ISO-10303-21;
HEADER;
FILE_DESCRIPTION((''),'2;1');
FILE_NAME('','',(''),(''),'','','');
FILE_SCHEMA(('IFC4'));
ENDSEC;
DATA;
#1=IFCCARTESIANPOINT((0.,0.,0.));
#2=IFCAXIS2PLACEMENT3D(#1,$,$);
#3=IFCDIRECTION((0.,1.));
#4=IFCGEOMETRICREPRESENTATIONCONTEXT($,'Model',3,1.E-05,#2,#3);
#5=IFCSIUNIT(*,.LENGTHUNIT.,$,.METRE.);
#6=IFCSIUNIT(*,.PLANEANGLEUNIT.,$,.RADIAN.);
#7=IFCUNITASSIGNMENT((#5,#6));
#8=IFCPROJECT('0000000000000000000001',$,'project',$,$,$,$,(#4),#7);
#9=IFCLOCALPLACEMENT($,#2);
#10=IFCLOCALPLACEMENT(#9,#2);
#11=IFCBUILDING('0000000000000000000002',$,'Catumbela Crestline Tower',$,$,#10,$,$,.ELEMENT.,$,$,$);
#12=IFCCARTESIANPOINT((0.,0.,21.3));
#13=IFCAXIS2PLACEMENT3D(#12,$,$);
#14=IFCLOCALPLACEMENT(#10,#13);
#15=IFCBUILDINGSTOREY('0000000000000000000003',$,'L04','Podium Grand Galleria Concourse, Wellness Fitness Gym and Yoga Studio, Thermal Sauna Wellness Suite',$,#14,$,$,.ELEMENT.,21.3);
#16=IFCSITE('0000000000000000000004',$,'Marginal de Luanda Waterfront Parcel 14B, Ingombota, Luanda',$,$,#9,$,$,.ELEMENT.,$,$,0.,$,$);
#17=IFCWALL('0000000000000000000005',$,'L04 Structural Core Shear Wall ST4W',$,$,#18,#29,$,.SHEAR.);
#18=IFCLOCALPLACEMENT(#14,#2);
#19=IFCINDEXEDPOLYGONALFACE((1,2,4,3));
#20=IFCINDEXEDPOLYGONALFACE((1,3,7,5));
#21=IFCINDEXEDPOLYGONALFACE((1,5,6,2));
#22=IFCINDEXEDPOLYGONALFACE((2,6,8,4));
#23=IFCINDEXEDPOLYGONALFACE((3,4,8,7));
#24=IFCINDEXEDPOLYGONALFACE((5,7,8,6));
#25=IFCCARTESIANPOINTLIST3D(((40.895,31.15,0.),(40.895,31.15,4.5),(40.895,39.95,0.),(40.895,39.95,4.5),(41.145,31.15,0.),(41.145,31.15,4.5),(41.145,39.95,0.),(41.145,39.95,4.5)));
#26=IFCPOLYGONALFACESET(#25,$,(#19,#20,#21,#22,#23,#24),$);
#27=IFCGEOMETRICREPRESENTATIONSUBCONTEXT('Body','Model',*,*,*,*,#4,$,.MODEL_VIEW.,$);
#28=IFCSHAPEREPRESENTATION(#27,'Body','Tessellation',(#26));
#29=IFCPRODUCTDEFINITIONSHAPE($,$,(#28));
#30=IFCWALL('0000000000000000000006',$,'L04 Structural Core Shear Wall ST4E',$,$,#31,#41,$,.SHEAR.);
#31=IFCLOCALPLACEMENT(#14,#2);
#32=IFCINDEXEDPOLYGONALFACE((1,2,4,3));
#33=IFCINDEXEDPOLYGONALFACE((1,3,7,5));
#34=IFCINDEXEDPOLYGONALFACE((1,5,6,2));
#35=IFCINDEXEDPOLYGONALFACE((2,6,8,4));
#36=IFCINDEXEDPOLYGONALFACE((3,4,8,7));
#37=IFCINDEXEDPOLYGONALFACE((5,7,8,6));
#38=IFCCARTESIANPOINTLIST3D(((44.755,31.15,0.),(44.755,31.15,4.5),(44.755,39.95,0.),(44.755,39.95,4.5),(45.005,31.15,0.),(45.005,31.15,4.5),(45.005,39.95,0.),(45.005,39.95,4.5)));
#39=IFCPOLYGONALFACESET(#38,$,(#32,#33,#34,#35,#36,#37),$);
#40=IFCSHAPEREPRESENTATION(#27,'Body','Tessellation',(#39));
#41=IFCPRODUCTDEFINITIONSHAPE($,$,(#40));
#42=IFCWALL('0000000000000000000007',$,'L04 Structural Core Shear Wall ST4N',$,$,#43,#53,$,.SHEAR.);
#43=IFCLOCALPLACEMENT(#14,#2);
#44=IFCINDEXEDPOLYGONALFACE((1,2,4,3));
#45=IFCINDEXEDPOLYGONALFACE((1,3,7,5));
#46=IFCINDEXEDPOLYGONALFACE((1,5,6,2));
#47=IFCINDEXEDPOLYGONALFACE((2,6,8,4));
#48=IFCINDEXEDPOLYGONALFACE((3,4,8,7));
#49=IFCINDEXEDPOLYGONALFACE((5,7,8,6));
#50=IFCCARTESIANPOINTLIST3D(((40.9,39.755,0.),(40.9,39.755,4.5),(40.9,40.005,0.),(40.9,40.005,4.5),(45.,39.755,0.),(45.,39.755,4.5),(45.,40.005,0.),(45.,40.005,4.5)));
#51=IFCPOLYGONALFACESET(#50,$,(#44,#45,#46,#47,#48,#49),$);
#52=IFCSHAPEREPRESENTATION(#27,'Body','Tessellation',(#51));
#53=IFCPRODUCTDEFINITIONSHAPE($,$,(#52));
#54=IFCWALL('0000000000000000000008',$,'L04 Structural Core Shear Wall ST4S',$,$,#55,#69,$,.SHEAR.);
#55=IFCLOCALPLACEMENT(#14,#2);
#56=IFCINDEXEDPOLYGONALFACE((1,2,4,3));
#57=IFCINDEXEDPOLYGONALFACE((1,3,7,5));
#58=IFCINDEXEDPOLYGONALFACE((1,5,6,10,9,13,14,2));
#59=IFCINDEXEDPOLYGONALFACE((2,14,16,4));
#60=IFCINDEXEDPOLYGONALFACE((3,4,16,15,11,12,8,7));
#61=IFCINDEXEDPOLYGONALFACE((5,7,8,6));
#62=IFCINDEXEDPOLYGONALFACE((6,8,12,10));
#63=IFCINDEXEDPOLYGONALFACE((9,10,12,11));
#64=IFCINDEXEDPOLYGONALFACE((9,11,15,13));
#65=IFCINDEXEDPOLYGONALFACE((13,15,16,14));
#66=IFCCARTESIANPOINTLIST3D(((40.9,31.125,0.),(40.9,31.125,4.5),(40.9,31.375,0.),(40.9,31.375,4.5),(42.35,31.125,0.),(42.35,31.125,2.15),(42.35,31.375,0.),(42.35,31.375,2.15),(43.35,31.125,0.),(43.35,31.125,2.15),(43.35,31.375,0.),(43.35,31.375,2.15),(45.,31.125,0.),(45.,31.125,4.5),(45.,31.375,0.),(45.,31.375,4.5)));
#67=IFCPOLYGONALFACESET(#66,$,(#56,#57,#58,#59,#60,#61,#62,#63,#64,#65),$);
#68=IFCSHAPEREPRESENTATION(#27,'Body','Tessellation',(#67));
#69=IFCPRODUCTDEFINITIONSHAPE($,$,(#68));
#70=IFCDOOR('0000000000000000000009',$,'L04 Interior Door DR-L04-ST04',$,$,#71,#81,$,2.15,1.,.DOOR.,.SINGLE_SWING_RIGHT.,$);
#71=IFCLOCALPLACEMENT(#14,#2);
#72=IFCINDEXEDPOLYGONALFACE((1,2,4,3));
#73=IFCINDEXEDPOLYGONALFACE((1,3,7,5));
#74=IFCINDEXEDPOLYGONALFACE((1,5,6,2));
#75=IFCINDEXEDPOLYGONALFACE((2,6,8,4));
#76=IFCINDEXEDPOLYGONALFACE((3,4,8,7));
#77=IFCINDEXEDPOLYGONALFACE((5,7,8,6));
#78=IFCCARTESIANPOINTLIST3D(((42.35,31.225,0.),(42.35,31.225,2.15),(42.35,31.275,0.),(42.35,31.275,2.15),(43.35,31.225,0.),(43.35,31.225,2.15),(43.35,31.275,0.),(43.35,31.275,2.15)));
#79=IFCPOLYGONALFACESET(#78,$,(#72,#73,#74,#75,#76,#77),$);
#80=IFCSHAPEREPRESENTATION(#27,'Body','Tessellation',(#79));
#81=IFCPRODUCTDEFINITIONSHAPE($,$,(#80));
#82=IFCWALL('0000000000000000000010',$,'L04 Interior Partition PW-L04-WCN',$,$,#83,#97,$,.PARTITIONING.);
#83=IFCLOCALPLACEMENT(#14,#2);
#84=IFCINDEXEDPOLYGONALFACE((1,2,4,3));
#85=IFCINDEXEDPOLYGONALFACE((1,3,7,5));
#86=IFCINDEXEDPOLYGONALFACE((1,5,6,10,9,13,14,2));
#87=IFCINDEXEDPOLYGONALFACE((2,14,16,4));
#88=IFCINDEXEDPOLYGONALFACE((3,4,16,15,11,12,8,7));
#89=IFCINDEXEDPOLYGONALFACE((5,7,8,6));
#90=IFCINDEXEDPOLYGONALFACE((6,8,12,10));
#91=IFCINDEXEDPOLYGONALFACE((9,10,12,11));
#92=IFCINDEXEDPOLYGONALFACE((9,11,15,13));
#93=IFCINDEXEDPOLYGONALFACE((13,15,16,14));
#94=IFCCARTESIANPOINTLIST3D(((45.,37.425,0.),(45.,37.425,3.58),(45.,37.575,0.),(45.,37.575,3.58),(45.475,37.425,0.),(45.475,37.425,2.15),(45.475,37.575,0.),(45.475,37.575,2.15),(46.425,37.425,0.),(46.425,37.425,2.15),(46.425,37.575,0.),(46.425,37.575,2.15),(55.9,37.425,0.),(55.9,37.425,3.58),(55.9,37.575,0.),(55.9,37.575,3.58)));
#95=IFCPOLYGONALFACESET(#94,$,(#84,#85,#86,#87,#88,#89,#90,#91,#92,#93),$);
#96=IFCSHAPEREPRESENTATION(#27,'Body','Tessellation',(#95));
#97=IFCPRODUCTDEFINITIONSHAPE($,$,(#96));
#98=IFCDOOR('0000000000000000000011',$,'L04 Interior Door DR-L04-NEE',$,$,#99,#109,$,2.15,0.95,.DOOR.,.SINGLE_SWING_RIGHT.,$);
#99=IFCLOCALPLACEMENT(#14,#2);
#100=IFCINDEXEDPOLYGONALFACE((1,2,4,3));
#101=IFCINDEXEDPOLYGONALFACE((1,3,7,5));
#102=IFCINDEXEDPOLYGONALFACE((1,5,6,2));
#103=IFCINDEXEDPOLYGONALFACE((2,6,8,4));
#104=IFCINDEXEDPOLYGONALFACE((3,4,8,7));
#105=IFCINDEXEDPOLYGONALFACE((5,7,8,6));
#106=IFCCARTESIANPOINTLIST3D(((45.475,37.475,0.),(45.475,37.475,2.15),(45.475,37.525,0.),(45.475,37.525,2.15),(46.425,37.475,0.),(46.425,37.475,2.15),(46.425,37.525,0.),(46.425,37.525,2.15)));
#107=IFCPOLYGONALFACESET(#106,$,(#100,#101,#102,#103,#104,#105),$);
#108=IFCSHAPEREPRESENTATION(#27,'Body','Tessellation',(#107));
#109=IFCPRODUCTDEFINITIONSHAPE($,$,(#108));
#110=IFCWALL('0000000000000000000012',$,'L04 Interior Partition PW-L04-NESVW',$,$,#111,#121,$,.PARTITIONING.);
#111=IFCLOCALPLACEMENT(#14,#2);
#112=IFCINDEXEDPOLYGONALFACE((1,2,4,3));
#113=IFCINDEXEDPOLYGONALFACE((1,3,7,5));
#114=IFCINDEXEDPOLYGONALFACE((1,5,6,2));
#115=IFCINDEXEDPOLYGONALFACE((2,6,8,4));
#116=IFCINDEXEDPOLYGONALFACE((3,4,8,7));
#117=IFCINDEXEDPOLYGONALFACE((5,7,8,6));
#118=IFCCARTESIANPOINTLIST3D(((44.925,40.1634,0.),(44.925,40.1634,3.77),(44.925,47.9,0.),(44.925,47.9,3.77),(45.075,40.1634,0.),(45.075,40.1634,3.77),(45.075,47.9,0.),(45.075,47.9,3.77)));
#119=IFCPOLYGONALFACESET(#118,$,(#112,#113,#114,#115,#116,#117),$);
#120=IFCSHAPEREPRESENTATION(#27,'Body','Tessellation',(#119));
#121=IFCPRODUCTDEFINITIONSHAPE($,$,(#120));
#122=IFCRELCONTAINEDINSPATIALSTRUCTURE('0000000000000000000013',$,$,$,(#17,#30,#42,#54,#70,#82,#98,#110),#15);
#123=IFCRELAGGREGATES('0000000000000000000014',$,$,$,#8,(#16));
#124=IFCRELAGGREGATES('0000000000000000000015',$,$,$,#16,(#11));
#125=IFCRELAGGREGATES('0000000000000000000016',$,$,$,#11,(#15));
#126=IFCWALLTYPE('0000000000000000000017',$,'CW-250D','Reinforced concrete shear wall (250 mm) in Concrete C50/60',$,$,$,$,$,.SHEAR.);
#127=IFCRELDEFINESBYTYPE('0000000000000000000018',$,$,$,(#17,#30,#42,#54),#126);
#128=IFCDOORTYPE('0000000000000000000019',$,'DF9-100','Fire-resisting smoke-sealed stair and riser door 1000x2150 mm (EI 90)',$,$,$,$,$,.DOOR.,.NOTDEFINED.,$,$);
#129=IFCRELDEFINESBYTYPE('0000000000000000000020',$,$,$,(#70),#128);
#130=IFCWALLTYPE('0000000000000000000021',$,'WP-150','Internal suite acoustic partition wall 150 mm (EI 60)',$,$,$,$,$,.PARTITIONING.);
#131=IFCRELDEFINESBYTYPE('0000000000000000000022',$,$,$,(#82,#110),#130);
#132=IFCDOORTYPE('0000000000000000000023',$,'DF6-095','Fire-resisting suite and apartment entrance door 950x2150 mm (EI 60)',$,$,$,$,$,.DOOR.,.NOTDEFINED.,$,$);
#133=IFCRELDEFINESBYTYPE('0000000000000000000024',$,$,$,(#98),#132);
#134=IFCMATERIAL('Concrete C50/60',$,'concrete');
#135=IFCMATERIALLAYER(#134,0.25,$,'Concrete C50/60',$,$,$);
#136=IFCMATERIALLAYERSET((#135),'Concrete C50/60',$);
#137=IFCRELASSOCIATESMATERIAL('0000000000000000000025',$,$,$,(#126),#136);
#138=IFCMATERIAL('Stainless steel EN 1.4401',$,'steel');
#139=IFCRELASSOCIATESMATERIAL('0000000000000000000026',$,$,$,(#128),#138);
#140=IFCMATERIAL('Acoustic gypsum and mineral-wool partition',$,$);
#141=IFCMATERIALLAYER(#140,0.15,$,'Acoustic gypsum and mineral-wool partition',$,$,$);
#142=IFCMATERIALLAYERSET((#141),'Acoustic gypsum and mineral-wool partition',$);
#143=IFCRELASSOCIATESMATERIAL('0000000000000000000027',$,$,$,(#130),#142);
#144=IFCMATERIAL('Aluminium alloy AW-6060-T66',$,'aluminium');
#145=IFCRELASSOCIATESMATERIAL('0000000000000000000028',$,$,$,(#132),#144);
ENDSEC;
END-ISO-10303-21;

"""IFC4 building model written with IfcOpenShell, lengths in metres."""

from ifc_helpers import new_model, si_unit, direction, frame, frame_2d, origin, place, context, subcontext, project, spatial, rectangle, extrude, material, layer, layer_set, type_object, element, fill, save


model = new_model("IFC4")

# Units and contexts
model_context = context("Model", 3, precision=1e-05, world=origin(), true_north=direction((0.0, 1.0)))
body_context = subcontext(model_context, "Body", "Model", "MODEL_VIEW")
ifc_project = project(units=[si_unit("LENGTHUNIT", "METRE"), si_unit("PLANEANGLEUNIT", "RADIAN")], contexts=[model_context])

# Site, building, storey
site_placement = place(None, origin())
site = spatial("IfcSite", under=ifc_project, at=site_placement, Name="Marginal de Luanda Waterfront Parcel 14B, Ingombota, Luanda", CompositionType="ELEMENT", RefElevation=0.0)
building_placement = place(site_placement, origin())
building = spatial("IfcBuilding", under=site, at=building_placement, Name="Catumbela Crestline Tower", CompositionType="ELEMENT")
storey_placement = place(building_placement, frame((0.0, 0.0, 21.3)))
storey = spatial("IfcBuildingStorey", under=building, at=storey_placement, Name="L04", Description="Podium Grand Galleria Concourse, Wellness Fitness Gym and Yoga Studio, Thermal Sauna Wellness Suite", CompositionType="ELEMENT", Elevation=21.3)

# Shared definitions
ifc_material_1 = material(Name="Aluminium alloy AW-6060-T66", Category="aluminium")

# Walls
ifc_material_2 = material(Name="Concrete C50/60", Category="concrete")
ifc_layer_1 = layer(ifc_material_2, 0.25, Name="Concrete C50/60")
ifc_layer_set_1 = layer_set([ifc_layer_1], Name="Concrete C50/60")
wall_type_1 = type_object("IfcWallType", Name="CW-250D", Description="Reinforced concrete shear wall (250 mm) in Concrete C50/60", PredefinedType="SHEAR", material=ifc_layer_set_1)
for number, where, z_axis, x_axis, name in (
    (1, (41.02, 31.15, 0.0), (0.0, 0.0, 1.0), (0.0, 1.0, 0.0), "L04 Structural Core Shear Wall ST4W"),
    (2, (44.88, 31.15, 0.0), (0.0, 0.0, 1.0), (0.0, 1.0, 0.0), "L04 Structural Core Shear Wall ST4E"),
):
    element("IfcWall", number, at=place(storey_placement, frame(where, z_axis=z_axis, x_axis=x_axis)), inside=storey, type_object=wall_type_1, Name=name, PredefinedType="SHEAR", context=body_context, shape_type="SweptSolid", body=[
        extrude(rectangle(XDim=8.8, YDim=0.25, at=frame_2d((4.4, 0.0))), origin(), (0.0, 0.0, 1.0), 4.5),
    ])
wall_1_placement = place(storey_placement, frame((40.9, 39.88, 0.0), z_axis=(0.0, 0.0, 1.0), x_axis=(1.0, 0.0, 0.0)))
element("IfcWall", 3, at=wall_1_placement, inside=storey, type_object=wall_type_1, Name="L04 Structural Core Shear Wall ST4N", PredefinedType="SHEAR", context=body_context, shape_type="SweptSolid", body=[
    extrude(rectangle(XDim=4.1, YDim=0.25, at=frame_2d((2.05, 0.0))), origin(), (0.0, 0.0, 1.0), 4.5),
])

# Walls, openings, doors
wall_2_placement = place(storey_placement, frame((40.9, 31.25, 0.0), z_axis=(0.0, 0.0, 1.0), x_axis=(1.0, 0.0, 0.0)))
wall_2 = element("IfcWall", 4, at=wall_2_placement, inside=storey, type_object=wall_type_1, Name="L04 Structural Core Shear Wall ST4S", PredefinedType="SHEAR", context=body_context, shape_type="SweptSolid", body=[
    extrude(rectangle(XDim=4.1, YDim=0.25, at=frame_2d((2.05, 0.0))), origin(), (0.0, 0.0, 1.0), 4.5),
])
opening_1_placement = place(wall_2_placement, frame((1.45, 0.0, 0.0)))
opening_1 = element("IfcOpeningElement", 5, at=opening_1_placement, cuts=wall_2, PredefinedType="OPENING", context=body_context, shape_type="SweptSolid", body=[
    extrude(rectangle(XDim=1.0, YDim=2.15, at=frame_2d((0.5, 1.075))), frame((0.0, 0.135, 0.0), z_axis=(0.0, -1.0, 0.0), x_axis=(1.0, 0.0, 0.0)), (0.0, 0.0, 1.0), 0.27),
])
ifc_material_3 = material(Name="Stainless steel EN 1.4401", Category="steel")
door_type_1 = type_object("IfcDoorType", Name="DF9-100", Description="Fire-resisting smoke-sealed stair and riser door 1000x2150 mm (EI 90)", OperationType="NOTDEFINED", PredefinedType="DOOR", material=ifc_material_3)
door_1_placement = place(opening_1_placement, origin())
door_1 = element("IfcDoor", 6, at=door_1_placement, inside=storey, type_object=door_type_1, Name="L04 Interior Door DR-L04-ST04", OperationType="SINGLE_SWING_RIGHT", OverallHeight=2.15, OverallWidth=1.0, PredefinedType="DOOR", context=body_context, shape_type="SweptSolid", body=[
    extrude(rectangle(XDim=1.0, YDim=2.15, at=frame_2d((0.5, 1.075))), frame((0.0, 0.025, 0.0), z_axis=(0.0, -1.0, 0.0), x_axis=(1.0, 0.0, 0.0)), (0.0, 0.0, 1.0), 0.05),
])
fill(opening_1, door_1)
ifc_material_4 = material(Name="Acoustic gypsum and mineral-wool partition")
ifc_layer_2 = layer(ifc_material_4, 0.15, Name="Acoustic gypsum and mineral-wool partition")
ifc_layer_set_2 = layer_set([ifc_layer_2], Name="Acoustic gypsum and mineral-wool partition")
wall_type_2 = type_object("IfcWallType", Name="WP-150", Description="Internal suite acoustic partition wall 150 mm (EI 60)", PredefinedType="PARTITIONING", material=ifc_layer_set_2)
wall_3_placement = place(storey_placement, frame((45.0, 37.5, 0.0), z_axis=(0.0, 0.0, 1.0), x_axis=(1.0, 0.0, 0.0)))
wall_3 = element("IfcWall", 7, at=wall_3_placement, inside=storey, type_object=wall_type_2, Name="L04 Interior Partition PW-L04-WCN", PredefinedType="PARTITIONING", context=body_context, shape_type="SweptSolid", body=[
    extrude(rectangle(XDim=10.9, YDim=0.15, at=frame_2d((5.45, 0.0))), origin(), (0.0, 0.0, 1.0), 3.58),
])
opening_2_placement = place(wall_3_placement, frame((0.475, 0.0, 0.0)))
opening_2 = element("IfcOpeningElement", 8, at=opening_2_placement, cuts=wall_3, PredefinedType="OPENING", context=body_context, shape_type="SweptSolid", body=[
    extrude(rectangle(XDim=0.95, YDim=2.15, at=frame_2d((0.475, 1.075))), frame((0.0, 0.085, 0.0), z_axis=(0.0, -1.0, 0.0), x_axis=(1.0, 0.0, 0.0)), (0.0, 0.0, 1.0), 0.17),
])
door_type_2 = type_object("IfcDoorType", Name="DF6-095", Description="Fire-resisting suite and apartment entrance door 950x2150 mm (EI 60)", OperationType="NOTDEFINED", PredefinedType="DOOR", material=ifc_material_1)
door_2_placement = place(opening_2_placement, origin())
door_2 = element("IfcDoor", 9, at=door_2_placement, inside=storey, type_object=door_type_2, Name="L04 Interior Door DR-L04-NEE", OperationType="SINGLE_SWING_RIGHT", OverallHeight=2.15, OverallWidth=0.95, PredefinedType="DOOR", context=body_context, shape_type="SweptSolid", body=[
    extrude(rectangle(XDim=0.95, YDim=2.15, at=frame_2d((0.475, 1.075))), frame((0.0, 0.025, 0.0), z_axis=(0.0, -1.0, 0.0), x_axis=(1.0, 0.0, 0.0)), (0.0, 0.0, 1.0), 0.05),
])
fill(opening_2, door_2)

# Wall
wall_4_placement = place(storey_placement, frame((45.0, 40.1634, 0.0), z_axis=(0.0, 0.0, 1.0), x_axis=(0.0, 1.0, 0.0)))
element("IfcWall", 10, at=wall_4_placement, inside=storey, type_object=wall_type_2, Name="L04 Interior Partition PW-L04-NESVW", PredefinedType="PARTITIONING", context=body_context, shape_type="SweptSolid", body=[
    extrude(rectangle(XDim=7.7366, YDim=0.15, at=frame_2d((3.8683, 0.0))), origin(), (0.0, 0.0, 1.0), 3.77),
])

save(model, "model.ifc")
